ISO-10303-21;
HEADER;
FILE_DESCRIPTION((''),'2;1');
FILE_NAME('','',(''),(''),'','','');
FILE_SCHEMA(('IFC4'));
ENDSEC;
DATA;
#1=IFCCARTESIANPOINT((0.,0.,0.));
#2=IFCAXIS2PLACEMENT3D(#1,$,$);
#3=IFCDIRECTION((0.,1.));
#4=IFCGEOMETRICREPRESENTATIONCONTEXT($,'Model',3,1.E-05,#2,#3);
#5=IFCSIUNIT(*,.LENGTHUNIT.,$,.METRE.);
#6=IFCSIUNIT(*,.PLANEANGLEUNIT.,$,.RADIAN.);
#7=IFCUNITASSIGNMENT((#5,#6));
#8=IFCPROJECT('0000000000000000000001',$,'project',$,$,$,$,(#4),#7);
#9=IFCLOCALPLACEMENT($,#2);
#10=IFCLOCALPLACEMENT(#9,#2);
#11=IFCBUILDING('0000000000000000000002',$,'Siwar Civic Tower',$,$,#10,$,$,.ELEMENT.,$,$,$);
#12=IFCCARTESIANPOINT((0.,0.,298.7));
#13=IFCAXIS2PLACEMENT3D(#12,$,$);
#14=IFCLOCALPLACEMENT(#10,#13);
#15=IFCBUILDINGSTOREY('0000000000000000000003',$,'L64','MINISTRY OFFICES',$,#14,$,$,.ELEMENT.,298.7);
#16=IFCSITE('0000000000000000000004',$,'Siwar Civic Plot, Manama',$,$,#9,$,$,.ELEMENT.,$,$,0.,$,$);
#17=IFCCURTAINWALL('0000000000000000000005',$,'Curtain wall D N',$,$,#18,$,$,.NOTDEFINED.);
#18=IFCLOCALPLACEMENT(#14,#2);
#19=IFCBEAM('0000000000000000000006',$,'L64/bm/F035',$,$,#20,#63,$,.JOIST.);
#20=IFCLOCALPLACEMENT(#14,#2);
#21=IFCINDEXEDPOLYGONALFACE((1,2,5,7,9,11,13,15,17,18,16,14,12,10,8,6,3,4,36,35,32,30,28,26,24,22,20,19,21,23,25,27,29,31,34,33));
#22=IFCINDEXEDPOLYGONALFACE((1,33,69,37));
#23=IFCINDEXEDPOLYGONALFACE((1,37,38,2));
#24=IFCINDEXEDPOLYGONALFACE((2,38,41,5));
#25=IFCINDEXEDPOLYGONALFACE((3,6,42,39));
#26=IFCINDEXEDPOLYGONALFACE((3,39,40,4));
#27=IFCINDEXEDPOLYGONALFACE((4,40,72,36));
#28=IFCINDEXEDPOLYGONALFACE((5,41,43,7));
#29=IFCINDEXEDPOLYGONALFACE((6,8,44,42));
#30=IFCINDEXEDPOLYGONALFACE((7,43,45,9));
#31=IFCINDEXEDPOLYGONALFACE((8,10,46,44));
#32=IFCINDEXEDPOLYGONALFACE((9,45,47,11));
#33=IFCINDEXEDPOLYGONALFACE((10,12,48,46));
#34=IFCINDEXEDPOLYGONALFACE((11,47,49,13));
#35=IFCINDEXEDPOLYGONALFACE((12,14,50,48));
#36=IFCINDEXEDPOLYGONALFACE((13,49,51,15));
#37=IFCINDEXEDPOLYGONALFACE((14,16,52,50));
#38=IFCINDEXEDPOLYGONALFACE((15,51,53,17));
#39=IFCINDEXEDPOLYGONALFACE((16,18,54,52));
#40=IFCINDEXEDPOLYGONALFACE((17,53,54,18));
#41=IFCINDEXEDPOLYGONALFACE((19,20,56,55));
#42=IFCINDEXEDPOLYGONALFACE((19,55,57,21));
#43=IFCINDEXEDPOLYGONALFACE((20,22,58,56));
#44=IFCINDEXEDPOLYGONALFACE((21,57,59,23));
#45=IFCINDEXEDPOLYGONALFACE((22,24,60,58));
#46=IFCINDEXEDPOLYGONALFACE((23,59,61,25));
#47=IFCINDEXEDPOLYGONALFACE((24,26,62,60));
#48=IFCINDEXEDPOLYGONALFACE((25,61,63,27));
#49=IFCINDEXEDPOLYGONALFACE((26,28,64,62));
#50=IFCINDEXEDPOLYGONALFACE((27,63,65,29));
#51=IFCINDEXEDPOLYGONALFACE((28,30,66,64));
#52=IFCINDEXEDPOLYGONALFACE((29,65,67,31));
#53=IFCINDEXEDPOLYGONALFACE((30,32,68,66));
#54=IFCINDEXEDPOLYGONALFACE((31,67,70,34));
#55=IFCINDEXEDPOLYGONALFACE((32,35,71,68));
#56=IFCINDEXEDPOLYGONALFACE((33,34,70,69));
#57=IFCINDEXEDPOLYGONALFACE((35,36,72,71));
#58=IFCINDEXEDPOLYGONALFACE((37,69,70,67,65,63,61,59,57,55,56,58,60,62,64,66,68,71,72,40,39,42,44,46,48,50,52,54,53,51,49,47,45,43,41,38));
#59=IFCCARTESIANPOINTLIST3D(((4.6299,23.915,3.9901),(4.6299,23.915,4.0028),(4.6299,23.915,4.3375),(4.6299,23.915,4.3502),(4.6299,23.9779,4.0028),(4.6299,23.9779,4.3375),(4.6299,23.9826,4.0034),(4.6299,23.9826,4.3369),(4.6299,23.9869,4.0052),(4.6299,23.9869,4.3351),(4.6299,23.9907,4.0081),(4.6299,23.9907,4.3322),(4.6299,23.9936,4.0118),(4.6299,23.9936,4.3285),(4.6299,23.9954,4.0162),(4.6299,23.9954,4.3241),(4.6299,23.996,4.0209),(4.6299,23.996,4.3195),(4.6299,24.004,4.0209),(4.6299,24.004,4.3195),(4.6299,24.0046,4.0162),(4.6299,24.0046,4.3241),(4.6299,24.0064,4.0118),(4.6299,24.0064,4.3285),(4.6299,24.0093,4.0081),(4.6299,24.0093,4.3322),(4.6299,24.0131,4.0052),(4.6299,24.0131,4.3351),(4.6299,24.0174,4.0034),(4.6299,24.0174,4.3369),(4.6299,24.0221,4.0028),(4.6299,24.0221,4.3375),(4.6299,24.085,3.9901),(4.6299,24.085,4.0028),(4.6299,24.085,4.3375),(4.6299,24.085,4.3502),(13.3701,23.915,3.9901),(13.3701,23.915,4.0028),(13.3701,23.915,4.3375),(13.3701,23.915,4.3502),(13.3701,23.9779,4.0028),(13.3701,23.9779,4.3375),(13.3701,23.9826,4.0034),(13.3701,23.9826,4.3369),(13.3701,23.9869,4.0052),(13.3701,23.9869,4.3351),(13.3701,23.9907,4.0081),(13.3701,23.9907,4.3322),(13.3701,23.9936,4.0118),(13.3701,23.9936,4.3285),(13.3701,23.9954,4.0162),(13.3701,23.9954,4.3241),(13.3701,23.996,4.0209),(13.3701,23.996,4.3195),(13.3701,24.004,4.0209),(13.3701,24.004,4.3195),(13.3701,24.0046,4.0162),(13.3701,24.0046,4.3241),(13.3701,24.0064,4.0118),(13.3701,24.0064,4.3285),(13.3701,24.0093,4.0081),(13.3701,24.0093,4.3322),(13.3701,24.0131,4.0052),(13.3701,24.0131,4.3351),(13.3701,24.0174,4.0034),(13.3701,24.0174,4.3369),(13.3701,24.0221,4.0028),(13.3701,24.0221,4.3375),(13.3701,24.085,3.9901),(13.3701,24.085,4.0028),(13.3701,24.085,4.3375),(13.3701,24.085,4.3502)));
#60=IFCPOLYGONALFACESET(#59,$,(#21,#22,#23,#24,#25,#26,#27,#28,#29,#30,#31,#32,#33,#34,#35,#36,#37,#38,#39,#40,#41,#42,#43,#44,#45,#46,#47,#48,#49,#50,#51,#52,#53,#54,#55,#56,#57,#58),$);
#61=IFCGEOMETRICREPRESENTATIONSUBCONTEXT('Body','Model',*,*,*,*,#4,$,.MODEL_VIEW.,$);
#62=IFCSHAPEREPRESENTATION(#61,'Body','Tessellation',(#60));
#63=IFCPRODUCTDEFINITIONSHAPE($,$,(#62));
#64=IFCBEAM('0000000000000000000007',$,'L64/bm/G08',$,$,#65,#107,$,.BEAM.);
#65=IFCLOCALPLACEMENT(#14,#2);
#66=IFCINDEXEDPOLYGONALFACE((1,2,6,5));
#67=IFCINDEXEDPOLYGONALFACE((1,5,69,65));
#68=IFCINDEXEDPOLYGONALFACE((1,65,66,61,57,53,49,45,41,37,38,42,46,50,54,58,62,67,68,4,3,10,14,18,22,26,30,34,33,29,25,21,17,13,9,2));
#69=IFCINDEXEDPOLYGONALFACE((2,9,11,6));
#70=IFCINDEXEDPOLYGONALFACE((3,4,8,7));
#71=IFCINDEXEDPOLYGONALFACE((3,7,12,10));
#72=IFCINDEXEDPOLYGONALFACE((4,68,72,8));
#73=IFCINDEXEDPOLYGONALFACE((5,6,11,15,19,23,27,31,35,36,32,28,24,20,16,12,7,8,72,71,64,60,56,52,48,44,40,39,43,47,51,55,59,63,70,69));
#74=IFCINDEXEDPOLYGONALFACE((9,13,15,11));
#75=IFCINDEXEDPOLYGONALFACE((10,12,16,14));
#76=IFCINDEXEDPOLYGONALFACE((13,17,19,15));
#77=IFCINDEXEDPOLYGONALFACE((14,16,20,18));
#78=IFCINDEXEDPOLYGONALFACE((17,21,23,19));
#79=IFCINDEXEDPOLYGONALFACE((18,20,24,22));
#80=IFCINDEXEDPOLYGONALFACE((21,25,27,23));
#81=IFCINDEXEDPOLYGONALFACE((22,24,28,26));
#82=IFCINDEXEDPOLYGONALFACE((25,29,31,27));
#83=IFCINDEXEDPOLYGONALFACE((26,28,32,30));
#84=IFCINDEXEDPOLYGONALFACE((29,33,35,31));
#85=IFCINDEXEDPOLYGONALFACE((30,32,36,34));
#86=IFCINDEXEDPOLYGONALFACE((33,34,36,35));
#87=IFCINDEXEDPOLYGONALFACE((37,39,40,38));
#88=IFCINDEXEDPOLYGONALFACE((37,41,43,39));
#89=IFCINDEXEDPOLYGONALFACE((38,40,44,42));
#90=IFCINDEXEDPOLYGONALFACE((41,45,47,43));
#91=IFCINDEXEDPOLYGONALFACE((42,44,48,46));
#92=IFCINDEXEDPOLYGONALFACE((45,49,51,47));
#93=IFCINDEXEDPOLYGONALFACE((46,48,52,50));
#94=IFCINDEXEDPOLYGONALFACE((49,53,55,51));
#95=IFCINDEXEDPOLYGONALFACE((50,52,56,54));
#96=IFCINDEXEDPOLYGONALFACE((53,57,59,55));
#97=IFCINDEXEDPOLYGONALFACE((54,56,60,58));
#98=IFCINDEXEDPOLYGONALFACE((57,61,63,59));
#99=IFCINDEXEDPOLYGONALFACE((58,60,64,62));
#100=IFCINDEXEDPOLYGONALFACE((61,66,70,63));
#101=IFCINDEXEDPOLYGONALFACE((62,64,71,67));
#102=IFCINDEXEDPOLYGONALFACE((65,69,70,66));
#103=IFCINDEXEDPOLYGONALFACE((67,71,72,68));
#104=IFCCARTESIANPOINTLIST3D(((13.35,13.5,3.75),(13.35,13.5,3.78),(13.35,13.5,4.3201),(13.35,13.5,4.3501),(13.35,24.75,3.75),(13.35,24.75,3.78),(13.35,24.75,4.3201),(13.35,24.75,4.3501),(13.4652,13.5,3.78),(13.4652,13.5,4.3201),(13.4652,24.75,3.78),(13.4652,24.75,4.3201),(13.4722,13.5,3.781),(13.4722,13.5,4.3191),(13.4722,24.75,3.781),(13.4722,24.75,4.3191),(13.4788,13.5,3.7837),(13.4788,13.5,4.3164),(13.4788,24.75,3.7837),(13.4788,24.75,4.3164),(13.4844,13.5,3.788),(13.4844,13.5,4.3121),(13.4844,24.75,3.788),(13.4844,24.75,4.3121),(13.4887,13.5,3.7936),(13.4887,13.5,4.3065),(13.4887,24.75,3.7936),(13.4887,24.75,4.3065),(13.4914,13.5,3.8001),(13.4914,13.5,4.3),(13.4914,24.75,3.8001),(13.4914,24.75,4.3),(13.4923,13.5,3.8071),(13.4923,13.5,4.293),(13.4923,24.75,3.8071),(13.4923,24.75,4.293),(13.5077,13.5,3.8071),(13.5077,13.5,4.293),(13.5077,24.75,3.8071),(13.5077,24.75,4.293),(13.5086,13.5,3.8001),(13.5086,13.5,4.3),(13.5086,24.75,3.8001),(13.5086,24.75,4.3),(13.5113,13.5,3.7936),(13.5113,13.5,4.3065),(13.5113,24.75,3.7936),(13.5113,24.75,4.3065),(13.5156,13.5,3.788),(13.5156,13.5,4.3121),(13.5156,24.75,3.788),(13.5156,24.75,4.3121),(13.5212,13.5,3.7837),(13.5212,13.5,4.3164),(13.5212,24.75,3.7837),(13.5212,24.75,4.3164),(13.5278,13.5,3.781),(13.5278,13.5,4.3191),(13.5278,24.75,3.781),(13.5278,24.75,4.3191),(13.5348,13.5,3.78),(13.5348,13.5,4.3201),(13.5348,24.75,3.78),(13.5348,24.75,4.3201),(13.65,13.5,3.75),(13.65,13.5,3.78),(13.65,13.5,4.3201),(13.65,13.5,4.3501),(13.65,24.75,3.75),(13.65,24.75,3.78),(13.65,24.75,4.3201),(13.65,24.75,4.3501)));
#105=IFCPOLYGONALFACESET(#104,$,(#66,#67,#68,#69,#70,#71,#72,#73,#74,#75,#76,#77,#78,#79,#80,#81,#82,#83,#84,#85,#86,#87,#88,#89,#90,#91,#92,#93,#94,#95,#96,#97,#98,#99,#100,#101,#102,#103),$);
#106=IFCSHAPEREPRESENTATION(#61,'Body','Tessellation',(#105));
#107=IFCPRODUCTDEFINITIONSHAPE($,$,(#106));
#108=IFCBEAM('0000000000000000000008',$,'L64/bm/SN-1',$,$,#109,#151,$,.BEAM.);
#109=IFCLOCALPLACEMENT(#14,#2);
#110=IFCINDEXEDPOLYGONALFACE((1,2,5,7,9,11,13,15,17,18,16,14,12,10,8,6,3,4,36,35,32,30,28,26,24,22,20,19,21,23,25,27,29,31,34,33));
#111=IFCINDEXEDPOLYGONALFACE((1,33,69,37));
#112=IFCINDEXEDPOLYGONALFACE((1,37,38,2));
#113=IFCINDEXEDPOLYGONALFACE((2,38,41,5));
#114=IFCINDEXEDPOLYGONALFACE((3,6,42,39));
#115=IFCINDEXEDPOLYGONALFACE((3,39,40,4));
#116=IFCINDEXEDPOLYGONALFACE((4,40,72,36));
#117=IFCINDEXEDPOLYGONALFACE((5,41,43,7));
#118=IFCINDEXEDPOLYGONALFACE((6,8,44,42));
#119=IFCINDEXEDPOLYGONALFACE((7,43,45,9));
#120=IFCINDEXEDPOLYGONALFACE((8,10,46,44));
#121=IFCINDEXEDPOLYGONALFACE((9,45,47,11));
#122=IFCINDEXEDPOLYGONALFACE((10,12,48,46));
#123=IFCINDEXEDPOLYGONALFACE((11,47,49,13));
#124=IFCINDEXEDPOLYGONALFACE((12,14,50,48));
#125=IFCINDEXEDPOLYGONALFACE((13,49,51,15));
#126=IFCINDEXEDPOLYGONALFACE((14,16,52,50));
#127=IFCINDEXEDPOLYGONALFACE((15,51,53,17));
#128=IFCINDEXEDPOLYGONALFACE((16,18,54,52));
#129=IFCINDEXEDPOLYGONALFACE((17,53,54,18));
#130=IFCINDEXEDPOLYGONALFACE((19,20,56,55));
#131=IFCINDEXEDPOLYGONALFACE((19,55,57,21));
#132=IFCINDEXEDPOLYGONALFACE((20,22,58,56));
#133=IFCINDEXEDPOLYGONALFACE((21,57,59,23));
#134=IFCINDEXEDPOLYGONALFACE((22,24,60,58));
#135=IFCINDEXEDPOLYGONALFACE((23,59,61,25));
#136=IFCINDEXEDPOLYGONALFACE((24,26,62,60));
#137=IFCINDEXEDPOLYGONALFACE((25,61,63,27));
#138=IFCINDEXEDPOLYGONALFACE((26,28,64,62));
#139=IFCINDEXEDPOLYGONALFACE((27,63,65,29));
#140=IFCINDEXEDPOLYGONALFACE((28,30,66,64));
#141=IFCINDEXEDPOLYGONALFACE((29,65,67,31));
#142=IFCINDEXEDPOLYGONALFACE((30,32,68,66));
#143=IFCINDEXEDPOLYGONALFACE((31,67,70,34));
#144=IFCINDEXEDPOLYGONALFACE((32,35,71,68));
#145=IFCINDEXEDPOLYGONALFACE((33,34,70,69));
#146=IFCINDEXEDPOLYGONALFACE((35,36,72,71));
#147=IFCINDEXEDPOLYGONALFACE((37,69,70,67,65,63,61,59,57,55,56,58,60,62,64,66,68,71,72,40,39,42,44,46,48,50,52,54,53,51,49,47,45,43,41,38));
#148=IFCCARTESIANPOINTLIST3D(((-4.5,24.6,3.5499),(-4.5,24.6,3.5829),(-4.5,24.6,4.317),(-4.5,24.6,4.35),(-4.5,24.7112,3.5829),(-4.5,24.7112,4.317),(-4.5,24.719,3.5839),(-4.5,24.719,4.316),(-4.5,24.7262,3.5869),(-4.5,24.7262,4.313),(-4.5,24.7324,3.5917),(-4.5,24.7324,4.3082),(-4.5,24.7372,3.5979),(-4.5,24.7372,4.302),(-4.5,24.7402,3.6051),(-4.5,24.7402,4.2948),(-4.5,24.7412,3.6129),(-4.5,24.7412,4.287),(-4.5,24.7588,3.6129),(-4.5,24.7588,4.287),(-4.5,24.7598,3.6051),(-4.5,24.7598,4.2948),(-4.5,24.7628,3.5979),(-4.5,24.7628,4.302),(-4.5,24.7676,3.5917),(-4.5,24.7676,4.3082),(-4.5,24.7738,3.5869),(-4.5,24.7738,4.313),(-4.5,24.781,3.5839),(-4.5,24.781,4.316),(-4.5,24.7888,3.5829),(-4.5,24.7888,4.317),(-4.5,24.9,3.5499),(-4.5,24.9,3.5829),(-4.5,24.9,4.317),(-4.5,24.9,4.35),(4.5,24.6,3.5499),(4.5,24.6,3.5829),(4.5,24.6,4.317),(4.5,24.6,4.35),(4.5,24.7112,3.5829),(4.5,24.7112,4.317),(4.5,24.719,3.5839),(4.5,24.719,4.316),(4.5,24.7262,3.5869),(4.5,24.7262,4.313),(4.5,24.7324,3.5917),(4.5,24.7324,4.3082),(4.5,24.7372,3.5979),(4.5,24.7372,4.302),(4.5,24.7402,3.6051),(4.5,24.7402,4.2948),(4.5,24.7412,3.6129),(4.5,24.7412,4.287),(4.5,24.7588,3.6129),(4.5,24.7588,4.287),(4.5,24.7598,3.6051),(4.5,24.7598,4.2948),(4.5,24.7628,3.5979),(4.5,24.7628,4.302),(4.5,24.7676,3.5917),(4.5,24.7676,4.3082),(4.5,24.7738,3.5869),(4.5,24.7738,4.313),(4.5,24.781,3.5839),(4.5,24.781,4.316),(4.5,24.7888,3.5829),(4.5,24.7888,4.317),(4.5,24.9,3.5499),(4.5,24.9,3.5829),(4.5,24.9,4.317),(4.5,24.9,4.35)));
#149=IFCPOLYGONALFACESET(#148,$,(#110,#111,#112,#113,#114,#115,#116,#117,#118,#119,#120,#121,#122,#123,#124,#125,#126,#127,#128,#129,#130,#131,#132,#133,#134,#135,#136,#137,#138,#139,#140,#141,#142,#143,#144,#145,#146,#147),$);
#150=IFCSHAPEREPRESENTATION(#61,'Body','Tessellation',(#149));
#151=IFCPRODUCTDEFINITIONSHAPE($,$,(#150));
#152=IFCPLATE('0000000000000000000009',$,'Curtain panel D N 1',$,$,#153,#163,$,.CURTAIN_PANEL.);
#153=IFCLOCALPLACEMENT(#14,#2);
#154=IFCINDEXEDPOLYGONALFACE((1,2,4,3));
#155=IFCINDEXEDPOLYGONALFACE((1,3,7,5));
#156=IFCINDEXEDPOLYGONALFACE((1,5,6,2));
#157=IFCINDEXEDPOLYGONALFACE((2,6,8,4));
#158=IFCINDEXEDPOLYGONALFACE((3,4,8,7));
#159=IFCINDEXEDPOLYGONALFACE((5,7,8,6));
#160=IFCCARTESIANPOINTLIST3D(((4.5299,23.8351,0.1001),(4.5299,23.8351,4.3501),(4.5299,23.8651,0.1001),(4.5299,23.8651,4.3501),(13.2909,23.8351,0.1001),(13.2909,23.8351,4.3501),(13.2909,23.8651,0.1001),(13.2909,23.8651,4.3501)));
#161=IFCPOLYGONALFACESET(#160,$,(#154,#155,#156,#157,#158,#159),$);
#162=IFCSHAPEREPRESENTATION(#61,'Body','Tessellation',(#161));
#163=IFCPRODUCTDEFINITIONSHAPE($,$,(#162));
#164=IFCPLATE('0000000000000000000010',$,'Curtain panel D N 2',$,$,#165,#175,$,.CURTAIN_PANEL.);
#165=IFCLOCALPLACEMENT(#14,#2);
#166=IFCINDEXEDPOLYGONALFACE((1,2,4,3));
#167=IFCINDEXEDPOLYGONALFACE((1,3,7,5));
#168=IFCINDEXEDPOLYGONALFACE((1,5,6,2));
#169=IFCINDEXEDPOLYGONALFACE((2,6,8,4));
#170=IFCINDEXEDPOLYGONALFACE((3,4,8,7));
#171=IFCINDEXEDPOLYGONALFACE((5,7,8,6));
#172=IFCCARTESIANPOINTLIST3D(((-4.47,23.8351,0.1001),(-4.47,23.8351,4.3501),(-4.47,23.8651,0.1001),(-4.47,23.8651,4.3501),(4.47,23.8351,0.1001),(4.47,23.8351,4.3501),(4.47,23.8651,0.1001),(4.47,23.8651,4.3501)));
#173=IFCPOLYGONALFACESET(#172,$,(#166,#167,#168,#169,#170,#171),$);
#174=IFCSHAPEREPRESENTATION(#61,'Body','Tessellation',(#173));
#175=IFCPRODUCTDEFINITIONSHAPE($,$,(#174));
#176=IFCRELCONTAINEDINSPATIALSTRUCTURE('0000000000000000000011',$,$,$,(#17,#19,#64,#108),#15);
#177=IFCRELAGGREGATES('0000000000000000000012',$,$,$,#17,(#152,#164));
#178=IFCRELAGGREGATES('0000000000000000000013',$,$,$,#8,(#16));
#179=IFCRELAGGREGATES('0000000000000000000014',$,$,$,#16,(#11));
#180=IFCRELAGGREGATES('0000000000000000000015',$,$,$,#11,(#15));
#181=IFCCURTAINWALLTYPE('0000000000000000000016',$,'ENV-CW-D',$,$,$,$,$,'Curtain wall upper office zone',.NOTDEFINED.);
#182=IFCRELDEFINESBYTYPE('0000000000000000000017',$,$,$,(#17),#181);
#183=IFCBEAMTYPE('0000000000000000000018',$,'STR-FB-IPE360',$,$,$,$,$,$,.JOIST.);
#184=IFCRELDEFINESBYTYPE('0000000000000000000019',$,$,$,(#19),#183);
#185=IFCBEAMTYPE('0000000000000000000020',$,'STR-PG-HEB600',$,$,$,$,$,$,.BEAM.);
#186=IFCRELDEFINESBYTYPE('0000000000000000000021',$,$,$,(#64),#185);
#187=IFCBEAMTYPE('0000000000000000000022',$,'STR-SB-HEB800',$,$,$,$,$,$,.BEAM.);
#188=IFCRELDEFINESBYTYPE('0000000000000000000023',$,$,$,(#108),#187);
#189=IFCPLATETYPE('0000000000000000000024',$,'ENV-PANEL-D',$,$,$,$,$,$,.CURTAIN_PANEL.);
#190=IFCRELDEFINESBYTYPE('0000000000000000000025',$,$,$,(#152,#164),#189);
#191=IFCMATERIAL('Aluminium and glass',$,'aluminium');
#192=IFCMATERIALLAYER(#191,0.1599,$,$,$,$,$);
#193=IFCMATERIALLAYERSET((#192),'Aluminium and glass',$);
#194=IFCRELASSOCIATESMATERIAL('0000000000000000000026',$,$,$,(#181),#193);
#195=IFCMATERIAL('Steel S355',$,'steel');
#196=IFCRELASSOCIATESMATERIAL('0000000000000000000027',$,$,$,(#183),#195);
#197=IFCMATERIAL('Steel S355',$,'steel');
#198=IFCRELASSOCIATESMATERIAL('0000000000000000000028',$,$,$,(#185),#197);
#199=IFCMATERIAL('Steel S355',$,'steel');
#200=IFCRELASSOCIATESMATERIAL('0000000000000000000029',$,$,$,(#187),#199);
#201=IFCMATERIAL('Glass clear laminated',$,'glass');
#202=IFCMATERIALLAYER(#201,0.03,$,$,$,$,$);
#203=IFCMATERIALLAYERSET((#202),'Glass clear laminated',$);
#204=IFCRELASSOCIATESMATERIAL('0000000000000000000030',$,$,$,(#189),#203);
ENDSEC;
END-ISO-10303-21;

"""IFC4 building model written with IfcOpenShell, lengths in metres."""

from ifc_helpers import new_model, si_unit, direction, frame, origin, origin_2d, place, context, subcontext, project, spatial, rectangle, i_section, extrude, material, layer, layer_set, material_profile, profile_set, type_object, element, aggregate, save


model = new_model("IFC4")

# Units and contexts
model_context = context("Model", 3, precision=1e-05, world=origin(), true_north=direction((0.0, 1.0)))
body_context = subcontext(model_context, "Body", "Model", "MODEL_VIEW")
ifc_project = project(units=[si_unit("LENGTHUNIT", "METRE"), si_unit("PLANEANGLEUNIT", "RADIAN")], contexts=[model_context])

# Site, building, storey
site_placement = place(None, origin())
site = spatial("IfcSite", under=ifc_project, at=site_placement, Name="Siwar Civic Plot, Manama", CompositionType="ELEMENT", RefElevation=0.0)
building_placement = place(site_placement, origin())
building = spatial("IfcBuilding", under=site, at=building_placement, Name="Siwar Civic Tower", CompositionType="ELEMENT")
storey_placement = place(building_placement, frame((0.0, 0.0, 298.7)))
storey = spatial("IfcBuildingStorey", under=building, at=storey_placement, Name="L64", Description="MINISTRY OFFICES", CompositionType="ELEMENT", Elevation=298.7)

# Curtain wall
ifc_material_1 = material(Name="Aluminium and glass", Category="aluminium")
ifc_layer_1 = layer(ifc_material_1, 0.1599)
ifc_layer_set_1 = layer_set([ifc_layer_1], Name="Aluminium and glass")
curtain_wall_type_1 = type_object("IfcCurtainWallType", Name="ENV-CW-D", ElementType="Curtain wall upper office zone", PredefinedType="NOTDEFINED", material=ifc_layer_set_1)
curtain_wall_1_placement = place(storey_placement, origin())
curtain_wall_1 = element("IfcCurtainWall", 1, at=curtain_wall_1_placement, inside=storey, type_object=curtain_wall_type_1, Name="Curtain wall D N", PredefinedType="NOTDEFINED")

# Beams
ifc_material_2 = material(Name="Steel S355", Category="steel")
ifc_material_profile_1 = material_profile(ifc_material_2, i_section(OverallWidth=0.1699, OverallDepth=0.3601, WebThickness=0.0081, FlangeThickness=0.0127, FilletRadius=0.0181, at=origin_2d()), Name="IPE360")
ifc_profile_set_1 = profile_set([ifc_material_profile_1], Name="Steel S355")
beam_type_1 = type_object("IfcBeamType", Name="STR-FB-IPE360", PredefinedType="JOIST", material=ifc_profile_set_1)
for number, where, z_axis, x_axis, name in (
    (2, (4.6299, 24.0, 4.1702), (1.0, 0.0, 0.0), (0.0, 1.0, 0.0), "L64/bm/F035"),
):
    element("IfcBeam", number, at=place(storey_placement, frame(where, z_axis=z_axis, x_axis=x_axis)), inside=storey, type_object=beam_type_1, Name=name, PredefinedType="JOIST", context=body_context, shape_type="SweptSolid", body=[
        extrude(i_section(OverallWidth=0.1699, OverallDepth=0.3601, WebThickness=0.0081, FlangeThickness=0.0127, FilletRadius=0.0181, at=origin_2d()), origin(), (0.0, 0.0, 1.0), 8.7402),
    ])
ifc_material_3 = material(Name="Steel S355", Category="steel")
ifc_material_profile_2 = material_profile(ifc_material_3, i_section(OverallWidth=0.3, OverallDepth=0.6001, WebThickness=0.0154, FlangeThickness=0.03, FilletRadius=0.0271, at=origin_2d()), Name="HEB600")
ifc_profile_set_2 = profile_set([ifc_material_profile_2], Name="Steel S355")
beam_type_2 = type_object("IfcBeamType", Name="STR-PG-HEB600", PredefinedType="BEAM", material=ifc_profile_set_2)
beam_1_placement = place(storey_placement, frame((13.5, 13.5, 4.05), z_axis=(0.0, 1.0, 0.0), x_axis=(-1.0, 0.0, 0.0)))
element("IfcBeam", 3, at=beam_1_placement, inside=storey, type_object=beam_type_2, Name="L64/bm/G08", PredefinedType="BEAM", context=body_context, shape_type="SweptSolid", body=[
    extrude(i_section(OverallWidth=0.3, OverallDepth=0.6001, WebThickness=0.0154, FlangeThickness=0.03, FilletRadius=0.0271, at=origin_2d()), origin(), (0.0, 0.0, 1.0), 11.25),
])
ifc_material_4 = material(Name="Steel S355", Category="steel")
ifc_material_profile_3 = material_profile(ifc_material_4, i_section(OverallWidth=0.3, OverallDepth=0.8, WebThickness=0.0176, FlangeThickness=0.033, FilletRadius=0.03, at=origin_2d()), Name="HEB800")
ifc_profile_set_3 = profile_set([ifc_material_profile_3], Name="Steel S355")
beam_type_3 = type_object("IfcBeamType", Name="STR-SB-HEB800", PredefinedType="BEAM", material=ifc_profile_set_3)
beam_2_placement = place(storey_placement, frame((4.5, 24.75, 3.95), z_axis=(-1.0, 0.0, 0.0), x_axis=(0.0, -1.0, 0.0)))
element("IfcBeam", 4, at=beam_2_placement, inside=storey, type_object=beam_type_3, Name="L64/bm/SN-1", PredefinedType="BEAM", context=body_context, shape_type="SweptSolid", body=[
    extrude(i_section(OverallWidth=0.3, OverallDepth=0.8, WebThickness=0.0176, FlangeThickness=0.033, FilletRadius=0.03, at=origin_2d()), origin(), (0.0, 0.0, 1.0), 9.0),
])

# Plates
ifc_material_5 = material(Name="Glass clear laminated", Category="glass")
ifc_layer_2 = layer(ifc_material_5, 0.03)
ifc_layer_set_2 = layer_set([ifc_layer_2], Name="Glass clear laminated")
plate_type = type_object("IfcPlateType", Name="ENV-PANEL-D", PredefinedType="CURTAIN_PANEL", material=ifc_layer_set_2)
plate_1_placement = place(storey_placement, frame((8.9104, 23.8501, 0.1001), z_axis=(0.0, 0.0, 1.0), x_axis=(-1.0, 0.0, 0.0)))
plate_1 = element("IfcPlate", 5, at=plate_1_placement, type_object=plate_type, Name="Curtain panel D N 1", PredefinedType="CURTAIN_PANEL", context=body_context, shape_type="SweptSolid", body=[
    extrude(rectangle(XDim=8.761, YDim=0.03, at=origin_2d()), origin(), (0.0, 0.0, 1.0), 4.25),
])
plate_2_placement = place(storey_placement, frame((0.0, 23.8501, 0.1001), z_axis=(0.0, 0.0, 1.0), x_axis=(-1.0, 0.0, 0.0)))
plate_2 = element("IfcPlate", 6, at=plate_2_placement, type_object=plate_type, Name="Curtain panel D N 2", PredefinedType="CURTAIN_PANEL", context=body_context, shape_type="SweptSolid", body=[
    extrude(rectangle(XDim=8.9399, YDim=0.03, at=origin_2d()), origin(), (0.0, 0.0, 1.0), 4.25),
])
aggregate(curtain_wall_1, [plate_1, plate_2])

save(model, "model.ifc")
